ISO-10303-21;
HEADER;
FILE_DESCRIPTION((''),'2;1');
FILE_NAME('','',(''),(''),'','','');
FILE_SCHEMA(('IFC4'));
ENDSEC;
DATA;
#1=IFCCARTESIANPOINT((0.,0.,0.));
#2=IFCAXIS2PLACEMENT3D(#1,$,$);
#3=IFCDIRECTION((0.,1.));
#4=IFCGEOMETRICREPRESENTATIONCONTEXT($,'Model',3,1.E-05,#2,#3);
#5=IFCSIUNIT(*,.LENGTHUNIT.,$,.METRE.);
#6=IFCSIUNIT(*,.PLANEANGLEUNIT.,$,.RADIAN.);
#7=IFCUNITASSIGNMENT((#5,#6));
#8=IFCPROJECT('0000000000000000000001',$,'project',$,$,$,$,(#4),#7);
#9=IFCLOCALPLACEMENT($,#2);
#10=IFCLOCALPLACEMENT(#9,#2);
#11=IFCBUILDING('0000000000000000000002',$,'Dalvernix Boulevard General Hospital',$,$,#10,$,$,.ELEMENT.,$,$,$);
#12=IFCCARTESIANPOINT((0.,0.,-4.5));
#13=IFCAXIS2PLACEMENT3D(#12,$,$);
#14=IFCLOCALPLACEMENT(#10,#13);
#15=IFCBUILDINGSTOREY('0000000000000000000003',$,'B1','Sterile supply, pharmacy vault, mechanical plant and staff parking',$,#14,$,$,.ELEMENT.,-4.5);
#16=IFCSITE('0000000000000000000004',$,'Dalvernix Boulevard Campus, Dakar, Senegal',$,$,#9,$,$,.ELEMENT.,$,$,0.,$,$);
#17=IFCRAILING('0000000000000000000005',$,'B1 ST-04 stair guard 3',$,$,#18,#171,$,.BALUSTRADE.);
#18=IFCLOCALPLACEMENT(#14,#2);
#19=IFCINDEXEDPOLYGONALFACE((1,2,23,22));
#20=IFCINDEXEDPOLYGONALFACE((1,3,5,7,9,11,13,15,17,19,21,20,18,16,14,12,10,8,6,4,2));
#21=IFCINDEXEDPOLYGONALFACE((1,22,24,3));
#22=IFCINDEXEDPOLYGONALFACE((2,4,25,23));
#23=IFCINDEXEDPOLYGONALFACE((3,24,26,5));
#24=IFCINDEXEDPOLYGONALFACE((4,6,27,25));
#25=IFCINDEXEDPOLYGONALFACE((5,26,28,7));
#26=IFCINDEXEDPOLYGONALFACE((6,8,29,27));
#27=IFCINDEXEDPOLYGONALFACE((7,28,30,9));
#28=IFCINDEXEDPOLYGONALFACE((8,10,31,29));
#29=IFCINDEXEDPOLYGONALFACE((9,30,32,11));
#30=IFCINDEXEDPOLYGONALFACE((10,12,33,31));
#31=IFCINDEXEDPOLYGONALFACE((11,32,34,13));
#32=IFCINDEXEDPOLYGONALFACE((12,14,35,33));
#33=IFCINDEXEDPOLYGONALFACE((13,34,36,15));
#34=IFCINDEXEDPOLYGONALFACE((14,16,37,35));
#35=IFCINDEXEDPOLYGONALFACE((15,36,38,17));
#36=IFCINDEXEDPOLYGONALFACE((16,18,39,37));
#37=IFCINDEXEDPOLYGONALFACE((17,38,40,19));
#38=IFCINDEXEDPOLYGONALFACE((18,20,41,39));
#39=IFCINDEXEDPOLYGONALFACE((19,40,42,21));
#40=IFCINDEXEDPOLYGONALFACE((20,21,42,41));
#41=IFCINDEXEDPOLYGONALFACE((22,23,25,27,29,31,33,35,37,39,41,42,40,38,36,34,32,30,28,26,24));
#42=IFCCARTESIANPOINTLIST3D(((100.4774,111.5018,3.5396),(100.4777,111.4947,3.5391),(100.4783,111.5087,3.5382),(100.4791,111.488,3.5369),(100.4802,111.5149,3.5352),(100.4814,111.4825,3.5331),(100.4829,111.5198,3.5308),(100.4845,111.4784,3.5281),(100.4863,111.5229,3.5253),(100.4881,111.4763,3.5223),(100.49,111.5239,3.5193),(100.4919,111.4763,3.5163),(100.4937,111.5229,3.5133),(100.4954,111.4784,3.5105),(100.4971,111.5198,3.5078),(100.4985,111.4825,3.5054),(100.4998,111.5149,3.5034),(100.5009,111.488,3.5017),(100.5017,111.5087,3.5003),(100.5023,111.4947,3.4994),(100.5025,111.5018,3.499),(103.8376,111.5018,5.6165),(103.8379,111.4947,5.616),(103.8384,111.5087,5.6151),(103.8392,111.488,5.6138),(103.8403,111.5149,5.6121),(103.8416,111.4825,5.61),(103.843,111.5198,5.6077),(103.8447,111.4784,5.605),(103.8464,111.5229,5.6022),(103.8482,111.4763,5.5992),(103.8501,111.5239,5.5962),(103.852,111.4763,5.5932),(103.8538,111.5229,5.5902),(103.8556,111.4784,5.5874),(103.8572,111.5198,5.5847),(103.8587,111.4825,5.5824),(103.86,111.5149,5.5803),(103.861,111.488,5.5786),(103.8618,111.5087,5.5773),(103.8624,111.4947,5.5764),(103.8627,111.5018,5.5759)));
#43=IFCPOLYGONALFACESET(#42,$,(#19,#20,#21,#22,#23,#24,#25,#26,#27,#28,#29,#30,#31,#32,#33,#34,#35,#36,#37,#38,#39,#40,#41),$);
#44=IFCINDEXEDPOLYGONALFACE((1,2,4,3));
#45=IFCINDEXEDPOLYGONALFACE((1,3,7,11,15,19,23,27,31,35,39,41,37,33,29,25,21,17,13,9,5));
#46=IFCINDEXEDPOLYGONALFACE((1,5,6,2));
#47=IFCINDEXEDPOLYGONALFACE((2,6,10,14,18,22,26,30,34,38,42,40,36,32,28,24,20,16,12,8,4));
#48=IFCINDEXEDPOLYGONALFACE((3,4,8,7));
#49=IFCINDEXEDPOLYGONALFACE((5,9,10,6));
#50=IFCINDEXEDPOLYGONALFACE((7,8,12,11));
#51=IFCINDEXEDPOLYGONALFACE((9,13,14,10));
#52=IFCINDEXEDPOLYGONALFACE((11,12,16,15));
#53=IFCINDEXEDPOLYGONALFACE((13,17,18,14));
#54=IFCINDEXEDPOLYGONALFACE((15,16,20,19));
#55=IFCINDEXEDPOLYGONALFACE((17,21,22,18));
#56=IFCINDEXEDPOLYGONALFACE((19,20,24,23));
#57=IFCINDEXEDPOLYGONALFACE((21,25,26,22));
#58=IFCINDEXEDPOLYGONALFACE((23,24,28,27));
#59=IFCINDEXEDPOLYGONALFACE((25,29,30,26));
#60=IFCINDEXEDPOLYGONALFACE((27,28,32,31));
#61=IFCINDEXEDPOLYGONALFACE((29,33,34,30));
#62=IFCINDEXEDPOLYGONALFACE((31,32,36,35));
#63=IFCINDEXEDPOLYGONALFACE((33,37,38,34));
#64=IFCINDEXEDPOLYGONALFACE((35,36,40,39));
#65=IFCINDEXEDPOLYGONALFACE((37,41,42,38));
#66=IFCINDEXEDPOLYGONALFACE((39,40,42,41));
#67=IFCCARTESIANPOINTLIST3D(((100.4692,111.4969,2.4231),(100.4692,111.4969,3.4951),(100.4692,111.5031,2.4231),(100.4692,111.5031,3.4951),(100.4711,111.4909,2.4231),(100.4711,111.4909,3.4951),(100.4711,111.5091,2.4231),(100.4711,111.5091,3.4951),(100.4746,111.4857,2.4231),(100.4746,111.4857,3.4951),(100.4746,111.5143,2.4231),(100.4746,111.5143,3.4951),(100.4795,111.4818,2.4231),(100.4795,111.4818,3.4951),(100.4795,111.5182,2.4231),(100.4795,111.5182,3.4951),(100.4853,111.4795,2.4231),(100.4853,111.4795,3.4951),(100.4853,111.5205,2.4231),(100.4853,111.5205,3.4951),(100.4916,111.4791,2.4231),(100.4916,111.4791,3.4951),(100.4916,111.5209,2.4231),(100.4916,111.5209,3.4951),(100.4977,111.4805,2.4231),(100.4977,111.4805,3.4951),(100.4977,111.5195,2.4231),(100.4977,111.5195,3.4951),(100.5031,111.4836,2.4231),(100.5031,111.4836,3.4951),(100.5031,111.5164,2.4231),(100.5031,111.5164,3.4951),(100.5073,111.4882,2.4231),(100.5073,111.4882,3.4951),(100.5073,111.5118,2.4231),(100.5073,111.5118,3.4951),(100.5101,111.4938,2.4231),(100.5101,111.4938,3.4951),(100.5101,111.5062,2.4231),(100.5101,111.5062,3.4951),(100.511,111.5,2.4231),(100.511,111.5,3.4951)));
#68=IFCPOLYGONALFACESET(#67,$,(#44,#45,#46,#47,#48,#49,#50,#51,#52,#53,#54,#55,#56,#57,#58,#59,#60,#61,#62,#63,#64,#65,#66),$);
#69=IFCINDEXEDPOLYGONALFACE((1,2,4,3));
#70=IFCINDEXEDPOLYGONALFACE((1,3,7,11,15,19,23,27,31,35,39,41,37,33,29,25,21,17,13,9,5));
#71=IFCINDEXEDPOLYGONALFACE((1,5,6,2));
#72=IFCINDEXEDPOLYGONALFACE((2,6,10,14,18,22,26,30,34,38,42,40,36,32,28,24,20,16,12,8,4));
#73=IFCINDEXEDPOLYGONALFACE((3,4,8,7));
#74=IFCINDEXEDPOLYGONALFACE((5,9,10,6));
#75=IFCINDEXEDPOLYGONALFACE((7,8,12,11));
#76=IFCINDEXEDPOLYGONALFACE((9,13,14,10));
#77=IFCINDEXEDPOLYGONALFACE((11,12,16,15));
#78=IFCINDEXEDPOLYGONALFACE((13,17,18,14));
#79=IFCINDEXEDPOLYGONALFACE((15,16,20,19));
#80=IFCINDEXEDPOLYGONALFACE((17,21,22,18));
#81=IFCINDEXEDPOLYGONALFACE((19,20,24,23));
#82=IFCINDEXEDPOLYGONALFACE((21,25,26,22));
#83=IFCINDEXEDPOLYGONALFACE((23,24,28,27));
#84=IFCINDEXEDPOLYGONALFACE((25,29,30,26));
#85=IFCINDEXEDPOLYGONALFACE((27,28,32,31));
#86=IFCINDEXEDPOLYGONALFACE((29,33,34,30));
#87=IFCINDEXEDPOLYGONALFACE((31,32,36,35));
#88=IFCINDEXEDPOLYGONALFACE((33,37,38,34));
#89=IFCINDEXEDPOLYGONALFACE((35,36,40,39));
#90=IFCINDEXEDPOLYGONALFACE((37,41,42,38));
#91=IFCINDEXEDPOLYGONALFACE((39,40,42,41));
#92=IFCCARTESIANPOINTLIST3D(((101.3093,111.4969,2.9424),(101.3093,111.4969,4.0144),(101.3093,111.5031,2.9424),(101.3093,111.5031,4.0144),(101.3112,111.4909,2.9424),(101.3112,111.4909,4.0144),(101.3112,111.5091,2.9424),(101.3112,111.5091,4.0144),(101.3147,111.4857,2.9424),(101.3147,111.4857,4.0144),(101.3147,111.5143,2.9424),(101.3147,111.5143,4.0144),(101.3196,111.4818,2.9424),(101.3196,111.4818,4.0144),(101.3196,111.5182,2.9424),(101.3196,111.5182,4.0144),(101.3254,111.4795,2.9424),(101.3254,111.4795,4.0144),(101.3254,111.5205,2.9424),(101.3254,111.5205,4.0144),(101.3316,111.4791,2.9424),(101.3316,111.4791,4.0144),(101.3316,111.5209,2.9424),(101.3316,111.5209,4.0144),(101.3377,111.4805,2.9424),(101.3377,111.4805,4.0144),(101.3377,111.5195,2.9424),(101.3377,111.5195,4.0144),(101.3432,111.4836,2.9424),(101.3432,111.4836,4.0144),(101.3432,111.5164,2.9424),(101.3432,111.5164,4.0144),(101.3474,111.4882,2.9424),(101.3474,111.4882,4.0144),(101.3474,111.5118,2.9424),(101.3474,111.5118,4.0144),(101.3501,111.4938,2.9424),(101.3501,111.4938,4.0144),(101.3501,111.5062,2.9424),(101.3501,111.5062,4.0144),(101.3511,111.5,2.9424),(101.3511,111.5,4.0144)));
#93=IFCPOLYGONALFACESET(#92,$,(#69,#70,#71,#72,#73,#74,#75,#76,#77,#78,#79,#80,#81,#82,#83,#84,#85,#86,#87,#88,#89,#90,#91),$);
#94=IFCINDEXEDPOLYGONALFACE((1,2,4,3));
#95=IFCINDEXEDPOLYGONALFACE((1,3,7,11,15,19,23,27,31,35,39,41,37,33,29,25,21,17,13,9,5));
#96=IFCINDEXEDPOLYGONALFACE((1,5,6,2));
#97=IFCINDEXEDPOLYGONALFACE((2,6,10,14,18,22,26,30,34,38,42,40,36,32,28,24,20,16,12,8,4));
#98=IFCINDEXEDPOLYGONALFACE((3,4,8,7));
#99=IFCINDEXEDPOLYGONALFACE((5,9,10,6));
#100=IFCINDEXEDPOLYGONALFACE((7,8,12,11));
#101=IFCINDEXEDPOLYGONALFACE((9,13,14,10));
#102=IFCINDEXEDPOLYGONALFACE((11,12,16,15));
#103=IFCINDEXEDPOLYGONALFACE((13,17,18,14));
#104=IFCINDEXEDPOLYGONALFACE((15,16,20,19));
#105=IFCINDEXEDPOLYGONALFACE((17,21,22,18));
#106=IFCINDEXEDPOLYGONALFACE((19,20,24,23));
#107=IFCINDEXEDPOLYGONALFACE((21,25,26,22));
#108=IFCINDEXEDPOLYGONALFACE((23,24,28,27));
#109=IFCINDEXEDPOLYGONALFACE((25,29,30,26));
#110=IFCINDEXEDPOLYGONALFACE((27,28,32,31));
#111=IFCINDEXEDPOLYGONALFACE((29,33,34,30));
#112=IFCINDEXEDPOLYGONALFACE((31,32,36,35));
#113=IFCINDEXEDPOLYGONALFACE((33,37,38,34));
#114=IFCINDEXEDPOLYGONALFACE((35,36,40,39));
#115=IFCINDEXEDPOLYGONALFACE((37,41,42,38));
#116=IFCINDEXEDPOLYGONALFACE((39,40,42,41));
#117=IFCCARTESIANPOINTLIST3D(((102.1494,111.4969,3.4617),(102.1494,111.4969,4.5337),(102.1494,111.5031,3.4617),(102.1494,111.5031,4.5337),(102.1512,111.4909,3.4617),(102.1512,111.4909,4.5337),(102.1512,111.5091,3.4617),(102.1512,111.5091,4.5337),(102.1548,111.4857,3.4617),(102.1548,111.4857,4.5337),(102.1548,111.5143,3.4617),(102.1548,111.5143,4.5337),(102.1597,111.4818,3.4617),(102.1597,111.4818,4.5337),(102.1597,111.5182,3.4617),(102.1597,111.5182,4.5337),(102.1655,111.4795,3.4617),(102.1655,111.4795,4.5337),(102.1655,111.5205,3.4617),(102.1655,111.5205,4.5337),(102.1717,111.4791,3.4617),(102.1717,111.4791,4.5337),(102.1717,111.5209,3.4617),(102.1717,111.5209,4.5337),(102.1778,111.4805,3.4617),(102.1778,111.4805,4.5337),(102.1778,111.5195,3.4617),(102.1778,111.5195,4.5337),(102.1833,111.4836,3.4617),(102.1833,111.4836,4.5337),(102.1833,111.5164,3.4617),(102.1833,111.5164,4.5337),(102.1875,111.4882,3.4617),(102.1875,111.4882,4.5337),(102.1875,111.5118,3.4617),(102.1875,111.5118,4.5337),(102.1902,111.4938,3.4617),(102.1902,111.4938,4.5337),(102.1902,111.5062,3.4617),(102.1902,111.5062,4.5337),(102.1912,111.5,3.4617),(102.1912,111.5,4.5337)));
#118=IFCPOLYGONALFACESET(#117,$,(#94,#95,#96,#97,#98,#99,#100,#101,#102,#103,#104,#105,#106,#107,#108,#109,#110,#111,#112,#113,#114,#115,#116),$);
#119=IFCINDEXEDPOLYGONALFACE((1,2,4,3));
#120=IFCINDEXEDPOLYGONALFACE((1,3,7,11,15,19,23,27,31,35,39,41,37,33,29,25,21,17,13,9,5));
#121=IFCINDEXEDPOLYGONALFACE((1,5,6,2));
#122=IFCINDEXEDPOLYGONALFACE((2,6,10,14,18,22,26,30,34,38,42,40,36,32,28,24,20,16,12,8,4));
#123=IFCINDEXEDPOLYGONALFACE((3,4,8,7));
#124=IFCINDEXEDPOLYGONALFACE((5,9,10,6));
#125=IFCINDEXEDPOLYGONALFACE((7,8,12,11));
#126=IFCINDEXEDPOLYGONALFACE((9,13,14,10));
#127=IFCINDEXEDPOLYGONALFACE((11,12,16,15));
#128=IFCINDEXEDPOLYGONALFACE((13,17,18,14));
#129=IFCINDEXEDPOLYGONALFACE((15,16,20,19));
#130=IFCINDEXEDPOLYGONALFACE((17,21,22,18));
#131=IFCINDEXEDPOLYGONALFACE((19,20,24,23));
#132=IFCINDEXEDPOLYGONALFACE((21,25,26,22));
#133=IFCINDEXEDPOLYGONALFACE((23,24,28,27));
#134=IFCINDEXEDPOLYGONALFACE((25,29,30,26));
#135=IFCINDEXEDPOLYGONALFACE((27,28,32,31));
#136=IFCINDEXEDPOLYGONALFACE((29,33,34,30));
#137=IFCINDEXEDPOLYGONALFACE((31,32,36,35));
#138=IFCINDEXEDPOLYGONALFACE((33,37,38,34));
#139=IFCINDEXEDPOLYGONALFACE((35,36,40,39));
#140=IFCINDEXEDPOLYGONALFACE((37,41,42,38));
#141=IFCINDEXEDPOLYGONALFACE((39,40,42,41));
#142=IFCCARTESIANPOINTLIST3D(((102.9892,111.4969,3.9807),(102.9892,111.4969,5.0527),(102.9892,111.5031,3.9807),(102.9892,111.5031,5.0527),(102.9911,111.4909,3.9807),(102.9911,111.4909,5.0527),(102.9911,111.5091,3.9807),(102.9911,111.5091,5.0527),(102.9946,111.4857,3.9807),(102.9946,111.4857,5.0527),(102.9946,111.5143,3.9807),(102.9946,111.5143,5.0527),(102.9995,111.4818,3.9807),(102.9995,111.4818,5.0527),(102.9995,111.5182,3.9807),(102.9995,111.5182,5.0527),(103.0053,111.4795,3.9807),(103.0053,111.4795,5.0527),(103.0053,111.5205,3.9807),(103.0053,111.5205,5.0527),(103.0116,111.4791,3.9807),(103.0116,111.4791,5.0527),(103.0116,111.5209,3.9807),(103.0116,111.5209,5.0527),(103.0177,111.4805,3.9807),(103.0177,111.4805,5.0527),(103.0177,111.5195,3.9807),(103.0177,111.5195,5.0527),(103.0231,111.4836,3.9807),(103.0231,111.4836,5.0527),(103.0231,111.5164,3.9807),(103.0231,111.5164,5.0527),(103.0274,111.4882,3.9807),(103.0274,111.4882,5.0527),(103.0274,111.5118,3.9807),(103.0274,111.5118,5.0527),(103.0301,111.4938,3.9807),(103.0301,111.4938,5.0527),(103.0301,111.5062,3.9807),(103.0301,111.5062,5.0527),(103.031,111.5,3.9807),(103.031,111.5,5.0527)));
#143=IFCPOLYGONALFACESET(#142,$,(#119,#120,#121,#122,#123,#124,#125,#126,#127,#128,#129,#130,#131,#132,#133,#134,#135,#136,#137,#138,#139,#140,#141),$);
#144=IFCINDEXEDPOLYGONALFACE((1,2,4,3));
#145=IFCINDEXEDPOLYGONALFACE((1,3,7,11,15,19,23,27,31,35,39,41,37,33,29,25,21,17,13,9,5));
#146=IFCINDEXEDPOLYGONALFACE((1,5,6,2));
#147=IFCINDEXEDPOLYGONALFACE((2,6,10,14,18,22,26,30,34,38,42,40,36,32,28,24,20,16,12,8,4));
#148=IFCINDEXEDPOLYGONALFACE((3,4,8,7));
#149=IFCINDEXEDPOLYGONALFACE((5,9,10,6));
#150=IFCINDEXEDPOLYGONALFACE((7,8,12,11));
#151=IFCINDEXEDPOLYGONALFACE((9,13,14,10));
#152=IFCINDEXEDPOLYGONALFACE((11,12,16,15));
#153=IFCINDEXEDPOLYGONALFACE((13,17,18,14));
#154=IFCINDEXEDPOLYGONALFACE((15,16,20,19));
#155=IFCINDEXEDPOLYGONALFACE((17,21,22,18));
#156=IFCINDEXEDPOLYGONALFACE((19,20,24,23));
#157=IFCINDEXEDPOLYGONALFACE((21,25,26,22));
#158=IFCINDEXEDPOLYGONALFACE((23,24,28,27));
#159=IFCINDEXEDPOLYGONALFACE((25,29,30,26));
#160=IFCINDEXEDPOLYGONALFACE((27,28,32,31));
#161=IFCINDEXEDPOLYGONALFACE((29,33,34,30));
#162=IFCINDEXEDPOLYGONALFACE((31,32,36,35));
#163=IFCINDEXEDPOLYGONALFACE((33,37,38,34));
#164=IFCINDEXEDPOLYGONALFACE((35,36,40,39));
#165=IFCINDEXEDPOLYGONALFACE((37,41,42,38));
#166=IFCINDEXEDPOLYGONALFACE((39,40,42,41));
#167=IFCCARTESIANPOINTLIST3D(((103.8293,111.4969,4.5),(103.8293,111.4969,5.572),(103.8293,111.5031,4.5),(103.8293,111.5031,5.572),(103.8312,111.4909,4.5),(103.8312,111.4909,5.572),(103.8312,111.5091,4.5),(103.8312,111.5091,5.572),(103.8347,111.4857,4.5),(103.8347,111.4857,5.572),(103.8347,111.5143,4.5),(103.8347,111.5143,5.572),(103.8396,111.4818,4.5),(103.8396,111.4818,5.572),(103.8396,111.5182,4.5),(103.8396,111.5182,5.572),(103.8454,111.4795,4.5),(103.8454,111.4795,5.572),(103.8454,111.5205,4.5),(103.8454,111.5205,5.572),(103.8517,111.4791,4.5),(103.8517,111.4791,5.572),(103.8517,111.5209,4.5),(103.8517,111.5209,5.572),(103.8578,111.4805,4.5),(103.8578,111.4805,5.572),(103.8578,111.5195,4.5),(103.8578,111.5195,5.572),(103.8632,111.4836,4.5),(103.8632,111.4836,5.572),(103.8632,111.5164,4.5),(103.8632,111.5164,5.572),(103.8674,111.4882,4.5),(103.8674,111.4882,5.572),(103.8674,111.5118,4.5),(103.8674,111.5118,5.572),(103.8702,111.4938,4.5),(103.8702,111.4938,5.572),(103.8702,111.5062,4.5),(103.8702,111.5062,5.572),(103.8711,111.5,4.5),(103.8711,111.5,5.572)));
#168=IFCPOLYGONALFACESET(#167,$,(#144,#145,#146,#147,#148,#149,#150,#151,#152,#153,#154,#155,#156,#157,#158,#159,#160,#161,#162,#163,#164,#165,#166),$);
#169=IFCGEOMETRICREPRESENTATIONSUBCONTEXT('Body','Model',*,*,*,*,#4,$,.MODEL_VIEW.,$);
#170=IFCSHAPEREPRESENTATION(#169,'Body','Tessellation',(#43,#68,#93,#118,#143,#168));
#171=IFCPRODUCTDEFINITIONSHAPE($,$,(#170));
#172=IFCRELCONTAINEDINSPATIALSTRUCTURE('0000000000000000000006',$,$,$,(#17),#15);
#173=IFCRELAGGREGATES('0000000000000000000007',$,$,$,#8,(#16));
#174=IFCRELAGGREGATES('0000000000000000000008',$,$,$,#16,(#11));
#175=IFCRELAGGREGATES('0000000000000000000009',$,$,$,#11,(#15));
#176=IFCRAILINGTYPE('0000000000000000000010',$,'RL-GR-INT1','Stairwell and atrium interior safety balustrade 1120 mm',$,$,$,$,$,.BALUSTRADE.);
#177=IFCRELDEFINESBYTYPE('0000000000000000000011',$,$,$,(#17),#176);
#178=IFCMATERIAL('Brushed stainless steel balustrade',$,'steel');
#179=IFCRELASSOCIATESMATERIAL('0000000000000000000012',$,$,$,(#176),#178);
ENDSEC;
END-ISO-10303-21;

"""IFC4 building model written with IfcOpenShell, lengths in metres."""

from ifc_helpers import new_model, si_unit, direction, frame, origin, origin_2d, place, context, subcontext, project, spatial, circle, extrude, material, type_object, element, save


model = new_model("IFC4")

# Units and contexts
model_context = context("Model", 3, precision=1e-05, world=origin(), true_north=direction((0.0, 1.0)))
body_context = subcontext(model_context, "Body", "Model", "MODEL_VIEW")
ifc_project = project(units=[si_unit("LENGTHUNIT", "METRE"), si_unit("PLANEANGLEUNIT", "RADIAN")], contexts=[model_context])

# Site, building, storey
site_placement = place(None, origin())
site = spatial("IfcSite", under=ifc_project, at=site_placement, Name="Dalvernix Boulevard Campus, Dakar, Senegal", CompositionType="ELEMENT", RefElevation=0.0)
building_placement = place(site_placement, origin())
building = spatial("IfcBuilding", under=site, at=building_placement, Name="Dalvernix Boulevard General Hospital", CompositionType="ELEMENT")
storey_placement = place(building_placement, frame((0.0, 0.0, -4.5)))
storey = spatial("IfcBuildingStorey", under=building, at=storey_placement, Name="B1", Description="Sterile supply, pharmacy vault, mechanical plant and staff parking", CompositionType="ELEMENT", Elevation=-4.5)

# Railing
ifc_material_1 = material(Name="Brushed stainless steel balustrade", Category="steel")
railing_type_1 = type_object("IfcRailingType", Name="RL-GR-INT1", Description="Stairwell and atrium interior safety balustrade 1120 mm", PredefinedType="BALUSTRADE", material=ifc_material_1)
railing_1_placement = place(storey_placement, frame((100.49, 111.5, 2.4231)))
element("IfcRailing", 1, at=railing_1_placement, inside=storey, type_object=railing_type_1, Name="B1 ST-04 stair guard 3", PredefinedType="BALUSTRADE", context=body_context, shape_type="SweptSolid", body=[
    extrude(circle(Radius=0.0239, at=origin_2d()), frame((0.0, 0.0, 1.0962), z_axis=(0.850623, 0.0, 0.525776), x_axis=(0.0, 1.0, 0.0)), (0.0, 0.0, 1.0), 3.9502),
    extrude(circle(Radius=0.021, at=origin_2d()), origin(), (0.0, 0.0, 1.0), 1.072),
    extrude(circle(Radius=0.021, at=origin_2d()), frame((0.8401, 0.0, 0.5193)), (0.0, 0.0, 1.0), 1.072),
    extrude(circle(Radius=0.021, at=origin_2d()), frame((1.6802, 0.0, 1.0386)), (0.0, 0.0, 1.0), 1.072),
    extrude(circle(Radius=0.021, at=origin_2d()), frame((2.52, 0.0, 1.5576)), (0.0, 0.0, 1.0), 1.072),
    extrude(circle(Radius=0.021, at=origin_2d()), frame((3.3601, 0.0, 2.0769)), (0.0, 0.0, 1.0), 1.072),
])

save(model, "model.ifc")
